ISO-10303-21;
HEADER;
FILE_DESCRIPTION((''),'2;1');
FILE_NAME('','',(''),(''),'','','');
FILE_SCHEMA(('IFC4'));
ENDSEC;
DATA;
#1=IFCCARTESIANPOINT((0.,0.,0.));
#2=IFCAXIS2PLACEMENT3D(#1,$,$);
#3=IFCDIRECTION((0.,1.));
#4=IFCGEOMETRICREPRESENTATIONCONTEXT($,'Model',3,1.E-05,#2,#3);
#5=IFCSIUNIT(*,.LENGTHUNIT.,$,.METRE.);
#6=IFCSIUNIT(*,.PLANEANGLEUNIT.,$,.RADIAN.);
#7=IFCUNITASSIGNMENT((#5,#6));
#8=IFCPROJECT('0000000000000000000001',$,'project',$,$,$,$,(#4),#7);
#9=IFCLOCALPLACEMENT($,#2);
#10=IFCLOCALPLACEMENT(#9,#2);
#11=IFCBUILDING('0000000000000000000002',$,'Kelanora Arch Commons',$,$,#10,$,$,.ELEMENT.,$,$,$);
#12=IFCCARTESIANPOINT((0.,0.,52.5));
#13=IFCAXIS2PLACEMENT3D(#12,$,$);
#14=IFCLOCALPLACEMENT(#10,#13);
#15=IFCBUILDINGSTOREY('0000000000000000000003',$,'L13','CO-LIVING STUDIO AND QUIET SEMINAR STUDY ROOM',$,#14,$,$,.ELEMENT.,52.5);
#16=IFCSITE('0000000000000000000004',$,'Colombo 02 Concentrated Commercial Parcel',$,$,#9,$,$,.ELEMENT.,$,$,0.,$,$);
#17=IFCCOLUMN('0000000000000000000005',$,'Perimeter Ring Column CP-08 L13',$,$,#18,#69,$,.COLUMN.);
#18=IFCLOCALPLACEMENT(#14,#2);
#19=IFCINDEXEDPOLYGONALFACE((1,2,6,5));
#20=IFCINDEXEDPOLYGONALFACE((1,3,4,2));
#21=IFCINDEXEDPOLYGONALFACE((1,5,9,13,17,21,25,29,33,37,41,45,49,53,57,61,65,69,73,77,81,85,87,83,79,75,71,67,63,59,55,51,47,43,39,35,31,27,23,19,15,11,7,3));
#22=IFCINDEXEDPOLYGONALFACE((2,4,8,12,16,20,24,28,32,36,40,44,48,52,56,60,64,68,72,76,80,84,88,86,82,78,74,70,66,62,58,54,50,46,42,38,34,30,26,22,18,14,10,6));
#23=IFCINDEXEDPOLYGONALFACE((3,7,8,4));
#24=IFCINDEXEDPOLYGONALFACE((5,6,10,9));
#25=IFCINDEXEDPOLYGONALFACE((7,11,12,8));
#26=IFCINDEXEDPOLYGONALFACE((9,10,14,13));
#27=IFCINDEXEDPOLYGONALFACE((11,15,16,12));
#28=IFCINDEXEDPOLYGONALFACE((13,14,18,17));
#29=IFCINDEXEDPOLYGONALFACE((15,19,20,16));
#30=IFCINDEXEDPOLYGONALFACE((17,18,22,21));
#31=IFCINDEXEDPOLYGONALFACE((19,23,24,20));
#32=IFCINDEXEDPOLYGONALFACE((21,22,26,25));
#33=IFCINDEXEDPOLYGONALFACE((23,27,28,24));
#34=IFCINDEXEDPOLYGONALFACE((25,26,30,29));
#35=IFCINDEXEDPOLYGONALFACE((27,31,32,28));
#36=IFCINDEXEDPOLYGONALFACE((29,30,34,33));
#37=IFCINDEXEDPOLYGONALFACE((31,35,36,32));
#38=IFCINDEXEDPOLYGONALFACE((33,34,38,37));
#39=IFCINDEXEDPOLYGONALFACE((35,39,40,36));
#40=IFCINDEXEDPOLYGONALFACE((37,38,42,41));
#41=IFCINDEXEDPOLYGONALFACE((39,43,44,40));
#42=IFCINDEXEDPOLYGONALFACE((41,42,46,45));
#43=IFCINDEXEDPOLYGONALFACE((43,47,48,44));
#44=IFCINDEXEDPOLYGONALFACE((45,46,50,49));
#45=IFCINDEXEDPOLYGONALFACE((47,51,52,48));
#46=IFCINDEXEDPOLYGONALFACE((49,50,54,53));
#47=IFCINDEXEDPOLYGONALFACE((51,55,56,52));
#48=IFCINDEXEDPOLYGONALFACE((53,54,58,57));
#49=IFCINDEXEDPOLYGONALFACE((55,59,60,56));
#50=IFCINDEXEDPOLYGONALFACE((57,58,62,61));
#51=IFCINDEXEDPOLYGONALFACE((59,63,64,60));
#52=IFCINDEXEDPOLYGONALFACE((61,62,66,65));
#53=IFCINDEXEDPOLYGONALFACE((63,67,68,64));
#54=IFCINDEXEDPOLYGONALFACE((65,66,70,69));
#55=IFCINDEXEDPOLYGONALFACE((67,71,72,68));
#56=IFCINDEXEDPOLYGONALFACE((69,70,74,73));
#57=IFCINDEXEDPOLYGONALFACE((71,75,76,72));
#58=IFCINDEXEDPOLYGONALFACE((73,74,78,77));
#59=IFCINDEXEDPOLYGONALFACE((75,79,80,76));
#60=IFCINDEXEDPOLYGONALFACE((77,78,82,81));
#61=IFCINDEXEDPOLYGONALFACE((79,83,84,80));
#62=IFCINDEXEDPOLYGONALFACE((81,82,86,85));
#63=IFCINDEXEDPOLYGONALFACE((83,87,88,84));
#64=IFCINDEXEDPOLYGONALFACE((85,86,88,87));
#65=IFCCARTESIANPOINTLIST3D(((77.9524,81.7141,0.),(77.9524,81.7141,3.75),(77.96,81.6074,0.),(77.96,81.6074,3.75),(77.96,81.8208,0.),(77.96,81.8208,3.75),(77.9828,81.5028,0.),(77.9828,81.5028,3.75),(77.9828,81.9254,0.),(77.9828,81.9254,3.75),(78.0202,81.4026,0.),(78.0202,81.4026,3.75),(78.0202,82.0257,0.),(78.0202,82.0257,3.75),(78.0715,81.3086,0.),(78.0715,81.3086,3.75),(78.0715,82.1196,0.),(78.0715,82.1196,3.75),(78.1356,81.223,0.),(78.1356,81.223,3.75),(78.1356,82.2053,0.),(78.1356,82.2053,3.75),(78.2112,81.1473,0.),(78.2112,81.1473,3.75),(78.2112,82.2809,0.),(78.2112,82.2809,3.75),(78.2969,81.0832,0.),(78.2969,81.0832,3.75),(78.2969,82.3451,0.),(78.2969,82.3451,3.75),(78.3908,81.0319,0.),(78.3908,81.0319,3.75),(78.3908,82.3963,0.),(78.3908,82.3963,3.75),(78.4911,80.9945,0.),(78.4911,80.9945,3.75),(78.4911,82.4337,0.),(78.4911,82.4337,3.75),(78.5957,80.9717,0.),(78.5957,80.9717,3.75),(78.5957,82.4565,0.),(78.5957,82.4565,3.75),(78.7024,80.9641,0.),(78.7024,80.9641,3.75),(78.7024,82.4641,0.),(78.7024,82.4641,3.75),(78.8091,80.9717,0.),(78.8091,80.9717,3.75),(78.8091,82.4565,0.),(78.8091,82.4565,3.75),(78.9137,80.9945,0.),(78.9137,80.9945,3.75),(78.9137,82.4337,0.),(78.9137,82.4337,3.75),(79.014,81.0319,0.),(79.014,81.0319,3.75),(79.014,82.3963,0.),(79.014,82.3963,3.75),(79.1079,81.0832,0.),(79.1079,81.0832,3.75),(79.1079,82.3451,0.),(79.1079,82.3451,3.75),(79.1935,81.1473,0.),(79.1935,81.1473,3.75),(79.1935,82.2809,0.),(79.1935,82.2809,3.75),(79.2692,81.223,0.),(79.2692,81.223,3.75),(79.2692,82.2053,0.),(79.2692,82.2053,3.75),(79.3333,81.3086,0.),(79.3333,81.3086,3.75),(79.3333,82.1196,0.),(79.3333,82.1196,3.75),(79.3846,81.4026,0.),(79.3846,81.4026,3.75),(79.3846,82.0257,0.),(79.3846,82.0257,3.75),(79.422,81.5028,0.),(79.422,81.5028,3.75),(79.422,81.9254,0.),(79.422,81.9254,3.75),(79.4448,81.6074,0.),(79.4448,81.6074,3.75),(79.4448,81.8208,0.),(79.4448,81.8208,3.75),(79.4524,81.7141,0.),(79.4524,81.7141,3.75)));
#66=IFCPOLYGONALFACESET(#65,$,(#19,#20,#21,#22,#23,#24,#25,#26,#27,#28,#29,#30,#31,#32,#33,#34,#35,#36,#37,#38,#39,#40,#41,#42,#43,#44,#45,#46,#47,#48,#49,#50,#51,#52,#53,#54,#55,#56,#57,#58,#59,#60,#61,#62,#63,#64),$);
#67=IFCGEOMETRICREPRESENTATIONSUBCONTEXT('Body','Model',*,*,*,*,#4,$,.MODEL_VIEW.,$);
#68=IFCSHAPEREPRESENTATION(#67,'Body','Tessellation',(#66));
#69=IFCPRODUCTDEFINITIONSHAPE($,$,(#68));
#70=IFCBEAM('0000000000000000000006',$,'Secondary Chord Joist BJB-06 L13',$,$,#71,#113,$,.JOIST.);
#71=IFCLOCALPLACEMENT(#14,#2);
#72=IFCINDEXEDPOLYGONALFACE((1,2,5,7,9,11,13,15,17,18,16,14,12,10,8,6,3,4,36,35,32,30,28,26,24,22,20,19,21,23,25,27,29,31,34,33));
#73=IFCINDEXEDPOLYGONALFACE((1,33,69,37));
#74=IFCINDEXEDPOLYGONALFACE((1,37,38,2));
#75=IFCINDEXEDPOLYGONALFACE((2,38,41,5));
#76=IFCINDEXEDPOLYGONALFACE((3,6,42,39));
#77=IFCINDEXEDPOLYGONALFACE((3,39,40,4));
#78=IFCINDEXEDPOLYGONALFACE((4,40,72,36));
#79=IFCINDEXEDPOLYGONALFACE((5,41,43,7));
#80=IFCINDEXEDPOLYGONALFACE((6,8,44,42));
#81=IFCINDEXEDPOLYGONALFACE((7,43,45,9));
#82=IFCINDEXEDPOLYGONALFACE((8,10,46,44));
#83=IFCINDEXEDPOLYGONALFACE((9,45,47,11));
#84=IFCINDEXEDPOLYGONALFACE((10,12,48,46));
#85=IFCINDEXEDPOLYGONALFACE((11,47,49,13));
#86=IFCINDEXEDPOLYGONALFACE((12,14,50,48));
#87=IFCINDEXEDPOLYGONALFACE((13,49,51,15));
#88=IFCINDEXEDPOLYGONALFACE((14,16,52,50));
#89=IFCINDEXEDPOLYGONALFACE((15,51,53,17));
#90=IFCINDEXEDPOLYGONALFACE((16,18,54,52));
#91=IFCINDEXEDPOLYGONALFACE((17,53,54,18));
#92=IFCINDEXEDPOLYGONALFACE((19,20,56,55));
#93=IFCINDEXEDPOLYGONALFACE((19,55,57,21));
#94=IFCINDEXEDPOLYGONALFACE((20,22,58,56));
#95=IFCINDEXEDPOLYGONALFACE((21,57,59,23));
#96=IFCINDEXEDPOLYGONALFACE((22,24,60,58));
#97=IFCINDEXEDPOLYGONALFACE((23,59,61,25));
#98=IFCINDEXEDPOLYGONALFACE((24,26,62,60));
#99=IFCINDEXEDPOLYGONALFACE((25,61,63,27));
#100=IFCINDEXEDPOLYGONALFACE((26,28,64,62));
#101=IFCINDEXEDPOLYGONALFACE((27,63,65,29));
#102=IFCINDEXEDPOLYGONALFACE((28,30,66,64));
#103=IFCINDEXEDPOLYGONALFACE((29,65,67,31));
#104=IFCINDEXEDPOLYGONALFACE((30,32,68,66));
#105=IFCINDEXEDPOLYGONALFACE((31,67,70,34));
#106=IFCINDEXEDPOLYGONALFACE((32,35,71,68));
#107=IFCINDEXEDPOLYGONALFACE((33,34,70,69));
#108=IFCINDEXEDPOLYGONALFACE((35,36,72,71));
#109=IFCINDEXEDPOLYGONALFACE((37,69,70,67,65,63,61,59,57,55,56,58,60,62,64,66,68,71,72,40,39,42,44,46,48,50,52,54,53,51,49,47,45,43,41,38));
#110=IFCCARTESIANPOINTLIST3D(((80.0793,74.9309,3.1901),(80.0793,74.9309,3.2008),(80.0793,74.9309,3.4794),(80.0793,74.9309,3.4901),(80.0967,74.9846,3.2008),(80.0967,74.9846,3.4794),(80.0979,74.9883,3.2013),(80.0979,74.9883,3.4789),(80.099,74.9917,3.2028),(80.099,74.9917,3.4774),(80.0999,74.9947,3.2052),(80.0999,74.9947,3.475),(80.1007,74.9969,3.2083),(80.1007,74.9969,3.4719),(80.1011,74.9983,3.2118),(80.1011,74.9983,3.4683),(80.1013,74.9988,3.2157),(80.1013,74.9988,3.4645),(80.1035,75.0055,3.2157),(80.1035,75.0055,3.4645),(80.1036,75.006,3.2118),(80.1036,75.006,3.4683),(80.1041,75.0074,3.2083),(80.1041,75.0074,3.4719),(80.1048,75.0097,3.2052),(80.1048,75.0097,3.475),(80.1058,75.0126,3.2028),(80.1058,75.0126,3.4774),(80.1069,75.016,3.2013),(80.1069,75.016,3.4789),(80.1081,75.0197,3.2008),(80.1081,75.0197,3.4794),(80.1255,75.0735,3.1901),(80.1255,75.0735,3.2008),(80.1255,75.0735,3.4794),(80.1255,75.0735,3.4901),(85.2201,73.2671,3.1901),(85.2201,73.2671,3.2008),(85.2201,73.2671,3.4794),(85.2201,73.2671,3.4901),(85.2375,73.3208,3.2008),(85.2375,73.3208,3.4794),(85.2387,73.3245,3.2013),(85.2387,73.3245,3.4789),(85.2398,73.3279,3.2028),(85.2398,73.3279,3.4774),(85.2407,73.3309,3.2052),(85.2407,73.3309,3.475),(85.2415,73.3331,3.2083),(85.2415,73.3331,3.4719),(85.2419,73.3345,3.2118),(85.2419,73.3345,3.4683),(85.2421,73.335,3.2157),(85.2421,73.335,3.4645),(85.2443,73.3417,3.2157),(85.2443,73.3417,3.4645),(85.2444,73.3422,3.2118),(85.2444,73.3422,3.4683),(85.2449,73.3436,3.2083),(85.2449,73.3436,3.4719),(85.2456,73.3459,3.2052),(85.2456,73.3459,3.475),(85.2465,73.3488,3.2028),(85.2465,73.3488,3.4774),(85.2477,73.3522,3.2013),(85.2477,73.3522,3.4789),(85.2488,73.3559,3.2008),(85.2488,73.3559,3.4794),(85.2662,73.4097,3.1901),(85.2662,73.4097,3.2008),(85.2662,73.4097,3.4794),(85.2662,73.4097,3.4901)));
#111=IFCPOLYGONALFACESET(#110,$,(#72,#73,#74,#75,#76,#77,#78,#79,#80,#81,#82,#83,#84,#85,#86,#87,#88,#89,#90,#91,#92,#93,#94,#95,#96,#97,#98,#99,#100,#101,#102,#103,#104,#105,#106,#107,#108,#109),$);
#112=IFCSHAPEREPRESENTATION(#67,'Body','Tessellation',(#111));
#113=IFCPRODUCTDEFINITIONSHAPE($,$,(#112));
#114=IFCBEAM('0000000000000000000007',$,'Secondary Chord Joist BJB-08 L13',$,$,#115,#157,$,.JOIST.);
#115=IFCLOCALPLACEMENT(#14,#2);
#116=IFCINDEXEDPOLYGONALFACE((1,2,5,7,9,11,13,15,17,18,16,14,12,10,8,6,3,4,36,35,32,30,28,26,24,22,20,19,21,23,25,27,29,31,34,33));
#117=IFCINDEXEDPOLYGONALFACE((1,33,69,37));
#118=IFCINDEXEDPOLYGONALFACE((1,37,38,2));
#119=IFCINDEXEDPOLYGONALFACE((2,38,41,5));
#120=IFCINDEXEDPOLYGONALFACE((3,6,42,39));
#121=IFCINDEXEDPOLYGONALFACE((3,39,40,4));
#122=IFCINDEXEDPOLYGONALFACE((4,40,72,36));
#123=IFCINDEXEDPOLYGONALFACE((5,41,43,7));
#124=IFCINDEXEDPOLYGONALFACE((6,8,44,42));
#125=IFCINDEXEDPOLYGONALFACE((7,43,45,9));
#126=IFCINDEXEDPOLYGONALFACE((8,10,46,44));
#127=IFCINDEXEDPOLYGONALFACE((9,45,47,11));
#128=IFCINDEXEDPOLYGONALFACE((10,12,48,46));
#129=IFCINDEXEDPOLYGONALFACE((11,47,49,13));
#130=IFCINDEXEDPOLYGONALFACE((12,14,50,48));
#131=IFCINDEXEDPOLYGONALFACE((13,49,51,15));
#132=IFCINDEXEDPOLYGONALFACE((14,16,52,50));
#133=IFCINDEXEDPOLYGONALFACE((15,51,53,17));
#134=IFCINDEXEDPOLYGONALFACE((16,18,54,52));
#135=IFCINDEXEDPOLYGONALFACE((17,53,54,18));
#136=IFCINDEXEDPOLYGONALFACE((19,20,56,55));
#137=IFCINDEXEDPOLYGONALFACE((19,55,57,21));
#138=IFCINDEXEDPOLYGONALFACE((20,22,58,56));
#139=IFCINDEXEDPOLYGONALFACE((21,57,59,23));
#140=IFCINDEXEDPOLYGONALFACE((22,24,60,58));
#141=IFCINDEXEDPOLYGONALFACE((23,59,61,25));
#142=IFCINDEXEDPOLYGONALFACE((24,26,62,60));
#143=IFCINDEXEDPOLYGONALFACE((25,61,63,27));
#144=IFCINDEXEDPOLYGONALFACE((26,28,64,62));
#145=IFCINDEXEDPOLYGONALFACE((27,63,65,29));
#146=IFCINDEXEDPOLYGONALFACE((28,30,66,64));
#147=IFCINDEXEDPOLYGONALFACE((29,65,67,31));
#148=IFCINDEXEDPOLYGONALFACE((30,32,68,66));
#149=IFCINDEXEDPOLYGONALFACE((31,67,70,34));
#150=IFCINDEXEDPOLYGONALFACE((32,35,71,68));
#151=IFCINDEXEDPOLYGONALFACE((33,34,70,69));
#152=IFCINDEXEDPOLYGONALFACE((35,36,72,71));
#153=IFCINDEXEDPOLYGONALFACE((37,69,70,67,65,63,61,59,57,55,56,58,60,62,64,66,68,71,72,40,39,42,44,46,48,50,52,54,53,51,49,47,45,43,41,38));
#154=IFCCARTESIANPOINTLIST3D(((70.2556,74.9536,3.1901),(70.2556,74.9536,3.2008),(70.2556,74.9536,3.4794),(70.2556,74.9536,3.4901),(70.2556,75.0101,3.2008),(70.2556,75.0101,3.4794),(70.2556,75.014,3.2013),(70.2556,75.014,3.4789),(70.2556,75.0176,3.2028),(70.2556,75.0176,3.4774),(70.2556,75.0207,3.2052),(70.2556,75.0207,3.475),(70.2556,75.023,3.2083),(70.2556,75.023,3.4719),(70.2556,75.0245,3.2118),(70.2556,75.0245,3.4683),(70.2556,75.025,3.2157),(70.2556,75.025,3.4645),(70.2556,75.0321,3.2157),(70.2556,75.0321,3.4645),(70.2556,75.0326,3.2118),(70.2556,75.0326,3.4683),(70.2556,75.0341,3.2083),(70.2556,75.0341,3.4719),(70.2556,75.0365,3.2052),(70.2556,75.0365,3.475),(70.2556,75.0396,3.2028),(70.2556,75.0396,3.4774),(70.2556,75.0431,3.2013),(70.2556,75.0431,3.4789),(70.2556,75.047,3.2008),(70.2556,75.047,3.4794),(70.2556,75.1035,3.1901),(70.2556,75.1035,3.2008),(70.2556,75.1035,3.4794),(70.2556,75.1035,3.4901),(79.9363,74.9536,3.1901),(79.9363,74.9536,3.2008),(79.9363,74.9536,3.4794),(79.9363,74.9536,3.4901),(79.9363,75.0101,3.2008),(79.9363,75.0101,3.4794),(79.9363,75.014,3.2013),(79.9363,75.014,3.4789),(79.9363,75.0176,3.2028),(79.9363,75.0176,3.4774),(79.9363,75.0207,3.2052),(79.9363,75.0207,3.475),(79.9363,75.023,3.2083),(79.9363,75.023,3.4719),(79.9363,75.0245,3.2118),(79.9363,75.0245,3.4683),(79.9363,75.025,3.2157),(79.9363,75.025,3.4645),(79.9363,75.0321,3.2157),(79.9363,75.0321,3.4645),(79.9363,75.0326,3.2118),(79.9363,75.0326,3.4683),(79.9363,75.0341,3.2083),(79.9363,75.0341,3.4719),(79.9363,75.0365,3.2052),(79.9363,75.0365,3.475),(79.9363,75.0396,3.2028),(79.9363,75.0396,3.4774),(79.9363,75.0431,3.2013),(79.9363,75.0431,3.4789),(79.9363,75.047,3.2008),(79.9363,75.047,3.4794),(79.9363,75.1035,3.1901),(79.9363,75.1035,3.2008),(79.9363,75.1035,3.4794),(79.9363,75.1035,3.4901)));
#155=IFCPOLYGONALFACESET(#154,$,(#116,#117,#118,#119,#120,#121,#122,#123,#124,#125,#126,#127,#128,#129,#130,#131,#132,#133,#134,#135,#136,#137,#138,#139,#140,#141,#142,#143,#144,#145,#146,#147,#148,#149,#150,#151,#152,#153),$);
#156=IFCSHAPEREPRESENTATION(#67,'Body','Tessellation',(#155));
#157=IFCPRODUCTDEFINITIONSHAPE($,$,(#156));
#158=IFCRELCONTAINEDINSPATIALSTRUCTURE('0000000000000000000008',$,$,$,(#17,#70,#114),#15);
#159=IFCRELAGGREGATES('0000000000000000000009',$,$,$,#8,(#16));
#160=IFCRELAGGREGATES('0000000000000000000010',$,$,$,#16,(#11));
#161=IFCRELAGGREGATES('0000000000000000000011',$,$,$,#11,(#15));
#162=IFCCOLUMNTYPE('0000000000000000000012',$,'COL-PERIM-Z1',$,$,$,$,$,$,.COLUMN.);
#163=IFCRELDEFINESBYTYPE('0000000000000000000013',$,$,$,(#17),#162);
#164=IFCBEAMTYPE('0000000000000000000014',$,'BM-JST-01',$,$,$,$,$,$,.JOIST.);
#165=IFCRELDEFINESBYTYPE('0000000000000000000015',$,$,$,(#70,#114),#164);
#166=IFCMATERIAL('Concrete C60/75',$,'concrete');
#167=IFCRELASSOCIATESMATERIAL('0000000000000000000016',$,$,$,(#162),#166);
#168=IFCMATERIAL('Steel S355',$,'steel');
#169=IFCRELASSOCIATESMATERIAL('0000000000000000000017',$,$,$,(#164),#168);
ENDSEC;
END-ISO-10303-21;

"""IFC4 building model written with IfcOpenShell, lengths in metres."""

from ifc_helpers import new_model, si_unit, direction, frame, origin, origin_2d, place, context, subcontext, project, spatial, circle, i_section, extrude, material, material_profile, profile_set, type_object, element, save


model = new_model("IFC4")

# Units and contexts
model_context = context("Model", 3, precision=1e-05, world=origin(), true_north=direction((0.0, 1.0)))
body_context = subcontext(model_context, "Body", "Model", "MODEL_VIEW")
ifc_project = project(units=[si_unit("LENGTHUNIT", "METRE"), si_unit("PLANEANGLEUNIT", "RADIAN")], contexts=[model_context])

# Site, building, storey
site_placement = place(None, origin())
site = spatial("IfcSite", under=ifc_project, at=site_placement, Name="Colombo 02 Concentrated Commercial Parcel", CompositionType="ELEMENT", RefElevation=0.0)
building_placement = place(site_placement, origin())
building = spatial("IfcBuilding", under=site, at=building_placement, Name="Kelanora Arch Commons", CompositionType="ELEMENT")
storey_placement = place(building_placement, frame((0.0, 0.0, 52.5)))
storey = spatial("IfcBuildingStorey", under=building, at=storey_placement, Name="L13", Description="CO-LIVING STUDIO AND QUIET SEMINAR STUDY ROOM", CompositionType="ELEMENT", Elevation=52.5)

# Column
ifc_material_1 = material(Name="Concrete C60/75", Category="concrete")
ifc_material_profile_1 = material_profile(ifc_material_1, circle(Radius=0.75, at=origin_2d()), Name="RCC1500")
ifc_profile_set_1 = profile_set([ifc_material_profile_1], Name="Concrete C60/75")
column_type = type_object("IfcColumnType", Name="COL-PERIM-Z1", PredefinedType="COLUMN", material=ifc_profile_set_1)
column_placement = place(storey_placement, frame((78.7024, 81.7141, 0.0), z_axis=(0.0, 0.0, 1.0), x_axis=(1.0, 0.0, 0.0)))
element("IfcColumn", 1, at=column_placement, inside=storey, type_object=column_type, Name="Perimeter Ring Column CP-08 L13", PredefinedType="COLUMN", context=body_context, shape_type="SweptSolid", body=[
    extrude(circle(Radius=0.75, at=origin_2d()), origin(), (0.0, 0.0, 1.0), 3.75),
])

# Beams
ifc_material_2 = material(Name="Steel S355", Category="steel")
ifc_material_profile_2 = material_profile(ifc_material_2, i_section(OverallWidth=0.1499, OverallDepth=0.3, WebThickness=0.0071, FlangeThickness=0.0107, FilletRadius=0.0149, at=origin_2d()), Name="IPE300")
ifc_profile_set_2 = profile_set([ifc_material_profile_2], Name="Steel S355")
beam_type_1 = type_object("IfcBeamType", Name="BM-JST-01", PredefinedType="JOIST", material=ifc_profile_set_2)
beam_1_placement = place(storey_placement, frame((85.2432, 73.3384, 3.3401), z_axis=(-0.951412, 0.30792, 0.0), x_axis=(-0.30792, -0.951412, 0.0)))
element("IfcBeam", 2, at=beam_1_placement, inside=storey, type_object=beam_type_1, Name="Secondary Chord Joist BJB-06 L13", PredefinedType="JOIST", context=body_context, shape_type="SweptSolid", body=[
    extrude(i_section(OverallWidth=0.1499, OverallDepth=0.3, WebThickness=0.0071, FlangeThickness=0.0107, FilletRadius=0.0149, at=origin_2d()), origin(), (0.0, 0.0, 1.0), 5.4033),
])
beam_2_placement = place(storey_placement, frame((79.9363, 75.0286, 3.3401), z_axis=(-1.0, 0.0, 0.0), x_axis=(0.0, -1.0, 0.0)))
element("IfcBeam", 3, at=beam_2_placement, inside=storey, type_object=beam_type_1, Name="Secondary Chord Joist BJB-08 L13", PredefinedType="JOIST", context=body_context, shape_type="SweptSolid", body=[
    extrude(i_section(OverallWidth=0.1499, OverallDepth=0.3, WebThickness=0.0071, FlangeThickness=0.0107, FilletRadius=0.0149, at=origin_2d()), origin(), (0.0, 0.0, 1.0), 9.6807),
])

save(model, "model.ifc")
